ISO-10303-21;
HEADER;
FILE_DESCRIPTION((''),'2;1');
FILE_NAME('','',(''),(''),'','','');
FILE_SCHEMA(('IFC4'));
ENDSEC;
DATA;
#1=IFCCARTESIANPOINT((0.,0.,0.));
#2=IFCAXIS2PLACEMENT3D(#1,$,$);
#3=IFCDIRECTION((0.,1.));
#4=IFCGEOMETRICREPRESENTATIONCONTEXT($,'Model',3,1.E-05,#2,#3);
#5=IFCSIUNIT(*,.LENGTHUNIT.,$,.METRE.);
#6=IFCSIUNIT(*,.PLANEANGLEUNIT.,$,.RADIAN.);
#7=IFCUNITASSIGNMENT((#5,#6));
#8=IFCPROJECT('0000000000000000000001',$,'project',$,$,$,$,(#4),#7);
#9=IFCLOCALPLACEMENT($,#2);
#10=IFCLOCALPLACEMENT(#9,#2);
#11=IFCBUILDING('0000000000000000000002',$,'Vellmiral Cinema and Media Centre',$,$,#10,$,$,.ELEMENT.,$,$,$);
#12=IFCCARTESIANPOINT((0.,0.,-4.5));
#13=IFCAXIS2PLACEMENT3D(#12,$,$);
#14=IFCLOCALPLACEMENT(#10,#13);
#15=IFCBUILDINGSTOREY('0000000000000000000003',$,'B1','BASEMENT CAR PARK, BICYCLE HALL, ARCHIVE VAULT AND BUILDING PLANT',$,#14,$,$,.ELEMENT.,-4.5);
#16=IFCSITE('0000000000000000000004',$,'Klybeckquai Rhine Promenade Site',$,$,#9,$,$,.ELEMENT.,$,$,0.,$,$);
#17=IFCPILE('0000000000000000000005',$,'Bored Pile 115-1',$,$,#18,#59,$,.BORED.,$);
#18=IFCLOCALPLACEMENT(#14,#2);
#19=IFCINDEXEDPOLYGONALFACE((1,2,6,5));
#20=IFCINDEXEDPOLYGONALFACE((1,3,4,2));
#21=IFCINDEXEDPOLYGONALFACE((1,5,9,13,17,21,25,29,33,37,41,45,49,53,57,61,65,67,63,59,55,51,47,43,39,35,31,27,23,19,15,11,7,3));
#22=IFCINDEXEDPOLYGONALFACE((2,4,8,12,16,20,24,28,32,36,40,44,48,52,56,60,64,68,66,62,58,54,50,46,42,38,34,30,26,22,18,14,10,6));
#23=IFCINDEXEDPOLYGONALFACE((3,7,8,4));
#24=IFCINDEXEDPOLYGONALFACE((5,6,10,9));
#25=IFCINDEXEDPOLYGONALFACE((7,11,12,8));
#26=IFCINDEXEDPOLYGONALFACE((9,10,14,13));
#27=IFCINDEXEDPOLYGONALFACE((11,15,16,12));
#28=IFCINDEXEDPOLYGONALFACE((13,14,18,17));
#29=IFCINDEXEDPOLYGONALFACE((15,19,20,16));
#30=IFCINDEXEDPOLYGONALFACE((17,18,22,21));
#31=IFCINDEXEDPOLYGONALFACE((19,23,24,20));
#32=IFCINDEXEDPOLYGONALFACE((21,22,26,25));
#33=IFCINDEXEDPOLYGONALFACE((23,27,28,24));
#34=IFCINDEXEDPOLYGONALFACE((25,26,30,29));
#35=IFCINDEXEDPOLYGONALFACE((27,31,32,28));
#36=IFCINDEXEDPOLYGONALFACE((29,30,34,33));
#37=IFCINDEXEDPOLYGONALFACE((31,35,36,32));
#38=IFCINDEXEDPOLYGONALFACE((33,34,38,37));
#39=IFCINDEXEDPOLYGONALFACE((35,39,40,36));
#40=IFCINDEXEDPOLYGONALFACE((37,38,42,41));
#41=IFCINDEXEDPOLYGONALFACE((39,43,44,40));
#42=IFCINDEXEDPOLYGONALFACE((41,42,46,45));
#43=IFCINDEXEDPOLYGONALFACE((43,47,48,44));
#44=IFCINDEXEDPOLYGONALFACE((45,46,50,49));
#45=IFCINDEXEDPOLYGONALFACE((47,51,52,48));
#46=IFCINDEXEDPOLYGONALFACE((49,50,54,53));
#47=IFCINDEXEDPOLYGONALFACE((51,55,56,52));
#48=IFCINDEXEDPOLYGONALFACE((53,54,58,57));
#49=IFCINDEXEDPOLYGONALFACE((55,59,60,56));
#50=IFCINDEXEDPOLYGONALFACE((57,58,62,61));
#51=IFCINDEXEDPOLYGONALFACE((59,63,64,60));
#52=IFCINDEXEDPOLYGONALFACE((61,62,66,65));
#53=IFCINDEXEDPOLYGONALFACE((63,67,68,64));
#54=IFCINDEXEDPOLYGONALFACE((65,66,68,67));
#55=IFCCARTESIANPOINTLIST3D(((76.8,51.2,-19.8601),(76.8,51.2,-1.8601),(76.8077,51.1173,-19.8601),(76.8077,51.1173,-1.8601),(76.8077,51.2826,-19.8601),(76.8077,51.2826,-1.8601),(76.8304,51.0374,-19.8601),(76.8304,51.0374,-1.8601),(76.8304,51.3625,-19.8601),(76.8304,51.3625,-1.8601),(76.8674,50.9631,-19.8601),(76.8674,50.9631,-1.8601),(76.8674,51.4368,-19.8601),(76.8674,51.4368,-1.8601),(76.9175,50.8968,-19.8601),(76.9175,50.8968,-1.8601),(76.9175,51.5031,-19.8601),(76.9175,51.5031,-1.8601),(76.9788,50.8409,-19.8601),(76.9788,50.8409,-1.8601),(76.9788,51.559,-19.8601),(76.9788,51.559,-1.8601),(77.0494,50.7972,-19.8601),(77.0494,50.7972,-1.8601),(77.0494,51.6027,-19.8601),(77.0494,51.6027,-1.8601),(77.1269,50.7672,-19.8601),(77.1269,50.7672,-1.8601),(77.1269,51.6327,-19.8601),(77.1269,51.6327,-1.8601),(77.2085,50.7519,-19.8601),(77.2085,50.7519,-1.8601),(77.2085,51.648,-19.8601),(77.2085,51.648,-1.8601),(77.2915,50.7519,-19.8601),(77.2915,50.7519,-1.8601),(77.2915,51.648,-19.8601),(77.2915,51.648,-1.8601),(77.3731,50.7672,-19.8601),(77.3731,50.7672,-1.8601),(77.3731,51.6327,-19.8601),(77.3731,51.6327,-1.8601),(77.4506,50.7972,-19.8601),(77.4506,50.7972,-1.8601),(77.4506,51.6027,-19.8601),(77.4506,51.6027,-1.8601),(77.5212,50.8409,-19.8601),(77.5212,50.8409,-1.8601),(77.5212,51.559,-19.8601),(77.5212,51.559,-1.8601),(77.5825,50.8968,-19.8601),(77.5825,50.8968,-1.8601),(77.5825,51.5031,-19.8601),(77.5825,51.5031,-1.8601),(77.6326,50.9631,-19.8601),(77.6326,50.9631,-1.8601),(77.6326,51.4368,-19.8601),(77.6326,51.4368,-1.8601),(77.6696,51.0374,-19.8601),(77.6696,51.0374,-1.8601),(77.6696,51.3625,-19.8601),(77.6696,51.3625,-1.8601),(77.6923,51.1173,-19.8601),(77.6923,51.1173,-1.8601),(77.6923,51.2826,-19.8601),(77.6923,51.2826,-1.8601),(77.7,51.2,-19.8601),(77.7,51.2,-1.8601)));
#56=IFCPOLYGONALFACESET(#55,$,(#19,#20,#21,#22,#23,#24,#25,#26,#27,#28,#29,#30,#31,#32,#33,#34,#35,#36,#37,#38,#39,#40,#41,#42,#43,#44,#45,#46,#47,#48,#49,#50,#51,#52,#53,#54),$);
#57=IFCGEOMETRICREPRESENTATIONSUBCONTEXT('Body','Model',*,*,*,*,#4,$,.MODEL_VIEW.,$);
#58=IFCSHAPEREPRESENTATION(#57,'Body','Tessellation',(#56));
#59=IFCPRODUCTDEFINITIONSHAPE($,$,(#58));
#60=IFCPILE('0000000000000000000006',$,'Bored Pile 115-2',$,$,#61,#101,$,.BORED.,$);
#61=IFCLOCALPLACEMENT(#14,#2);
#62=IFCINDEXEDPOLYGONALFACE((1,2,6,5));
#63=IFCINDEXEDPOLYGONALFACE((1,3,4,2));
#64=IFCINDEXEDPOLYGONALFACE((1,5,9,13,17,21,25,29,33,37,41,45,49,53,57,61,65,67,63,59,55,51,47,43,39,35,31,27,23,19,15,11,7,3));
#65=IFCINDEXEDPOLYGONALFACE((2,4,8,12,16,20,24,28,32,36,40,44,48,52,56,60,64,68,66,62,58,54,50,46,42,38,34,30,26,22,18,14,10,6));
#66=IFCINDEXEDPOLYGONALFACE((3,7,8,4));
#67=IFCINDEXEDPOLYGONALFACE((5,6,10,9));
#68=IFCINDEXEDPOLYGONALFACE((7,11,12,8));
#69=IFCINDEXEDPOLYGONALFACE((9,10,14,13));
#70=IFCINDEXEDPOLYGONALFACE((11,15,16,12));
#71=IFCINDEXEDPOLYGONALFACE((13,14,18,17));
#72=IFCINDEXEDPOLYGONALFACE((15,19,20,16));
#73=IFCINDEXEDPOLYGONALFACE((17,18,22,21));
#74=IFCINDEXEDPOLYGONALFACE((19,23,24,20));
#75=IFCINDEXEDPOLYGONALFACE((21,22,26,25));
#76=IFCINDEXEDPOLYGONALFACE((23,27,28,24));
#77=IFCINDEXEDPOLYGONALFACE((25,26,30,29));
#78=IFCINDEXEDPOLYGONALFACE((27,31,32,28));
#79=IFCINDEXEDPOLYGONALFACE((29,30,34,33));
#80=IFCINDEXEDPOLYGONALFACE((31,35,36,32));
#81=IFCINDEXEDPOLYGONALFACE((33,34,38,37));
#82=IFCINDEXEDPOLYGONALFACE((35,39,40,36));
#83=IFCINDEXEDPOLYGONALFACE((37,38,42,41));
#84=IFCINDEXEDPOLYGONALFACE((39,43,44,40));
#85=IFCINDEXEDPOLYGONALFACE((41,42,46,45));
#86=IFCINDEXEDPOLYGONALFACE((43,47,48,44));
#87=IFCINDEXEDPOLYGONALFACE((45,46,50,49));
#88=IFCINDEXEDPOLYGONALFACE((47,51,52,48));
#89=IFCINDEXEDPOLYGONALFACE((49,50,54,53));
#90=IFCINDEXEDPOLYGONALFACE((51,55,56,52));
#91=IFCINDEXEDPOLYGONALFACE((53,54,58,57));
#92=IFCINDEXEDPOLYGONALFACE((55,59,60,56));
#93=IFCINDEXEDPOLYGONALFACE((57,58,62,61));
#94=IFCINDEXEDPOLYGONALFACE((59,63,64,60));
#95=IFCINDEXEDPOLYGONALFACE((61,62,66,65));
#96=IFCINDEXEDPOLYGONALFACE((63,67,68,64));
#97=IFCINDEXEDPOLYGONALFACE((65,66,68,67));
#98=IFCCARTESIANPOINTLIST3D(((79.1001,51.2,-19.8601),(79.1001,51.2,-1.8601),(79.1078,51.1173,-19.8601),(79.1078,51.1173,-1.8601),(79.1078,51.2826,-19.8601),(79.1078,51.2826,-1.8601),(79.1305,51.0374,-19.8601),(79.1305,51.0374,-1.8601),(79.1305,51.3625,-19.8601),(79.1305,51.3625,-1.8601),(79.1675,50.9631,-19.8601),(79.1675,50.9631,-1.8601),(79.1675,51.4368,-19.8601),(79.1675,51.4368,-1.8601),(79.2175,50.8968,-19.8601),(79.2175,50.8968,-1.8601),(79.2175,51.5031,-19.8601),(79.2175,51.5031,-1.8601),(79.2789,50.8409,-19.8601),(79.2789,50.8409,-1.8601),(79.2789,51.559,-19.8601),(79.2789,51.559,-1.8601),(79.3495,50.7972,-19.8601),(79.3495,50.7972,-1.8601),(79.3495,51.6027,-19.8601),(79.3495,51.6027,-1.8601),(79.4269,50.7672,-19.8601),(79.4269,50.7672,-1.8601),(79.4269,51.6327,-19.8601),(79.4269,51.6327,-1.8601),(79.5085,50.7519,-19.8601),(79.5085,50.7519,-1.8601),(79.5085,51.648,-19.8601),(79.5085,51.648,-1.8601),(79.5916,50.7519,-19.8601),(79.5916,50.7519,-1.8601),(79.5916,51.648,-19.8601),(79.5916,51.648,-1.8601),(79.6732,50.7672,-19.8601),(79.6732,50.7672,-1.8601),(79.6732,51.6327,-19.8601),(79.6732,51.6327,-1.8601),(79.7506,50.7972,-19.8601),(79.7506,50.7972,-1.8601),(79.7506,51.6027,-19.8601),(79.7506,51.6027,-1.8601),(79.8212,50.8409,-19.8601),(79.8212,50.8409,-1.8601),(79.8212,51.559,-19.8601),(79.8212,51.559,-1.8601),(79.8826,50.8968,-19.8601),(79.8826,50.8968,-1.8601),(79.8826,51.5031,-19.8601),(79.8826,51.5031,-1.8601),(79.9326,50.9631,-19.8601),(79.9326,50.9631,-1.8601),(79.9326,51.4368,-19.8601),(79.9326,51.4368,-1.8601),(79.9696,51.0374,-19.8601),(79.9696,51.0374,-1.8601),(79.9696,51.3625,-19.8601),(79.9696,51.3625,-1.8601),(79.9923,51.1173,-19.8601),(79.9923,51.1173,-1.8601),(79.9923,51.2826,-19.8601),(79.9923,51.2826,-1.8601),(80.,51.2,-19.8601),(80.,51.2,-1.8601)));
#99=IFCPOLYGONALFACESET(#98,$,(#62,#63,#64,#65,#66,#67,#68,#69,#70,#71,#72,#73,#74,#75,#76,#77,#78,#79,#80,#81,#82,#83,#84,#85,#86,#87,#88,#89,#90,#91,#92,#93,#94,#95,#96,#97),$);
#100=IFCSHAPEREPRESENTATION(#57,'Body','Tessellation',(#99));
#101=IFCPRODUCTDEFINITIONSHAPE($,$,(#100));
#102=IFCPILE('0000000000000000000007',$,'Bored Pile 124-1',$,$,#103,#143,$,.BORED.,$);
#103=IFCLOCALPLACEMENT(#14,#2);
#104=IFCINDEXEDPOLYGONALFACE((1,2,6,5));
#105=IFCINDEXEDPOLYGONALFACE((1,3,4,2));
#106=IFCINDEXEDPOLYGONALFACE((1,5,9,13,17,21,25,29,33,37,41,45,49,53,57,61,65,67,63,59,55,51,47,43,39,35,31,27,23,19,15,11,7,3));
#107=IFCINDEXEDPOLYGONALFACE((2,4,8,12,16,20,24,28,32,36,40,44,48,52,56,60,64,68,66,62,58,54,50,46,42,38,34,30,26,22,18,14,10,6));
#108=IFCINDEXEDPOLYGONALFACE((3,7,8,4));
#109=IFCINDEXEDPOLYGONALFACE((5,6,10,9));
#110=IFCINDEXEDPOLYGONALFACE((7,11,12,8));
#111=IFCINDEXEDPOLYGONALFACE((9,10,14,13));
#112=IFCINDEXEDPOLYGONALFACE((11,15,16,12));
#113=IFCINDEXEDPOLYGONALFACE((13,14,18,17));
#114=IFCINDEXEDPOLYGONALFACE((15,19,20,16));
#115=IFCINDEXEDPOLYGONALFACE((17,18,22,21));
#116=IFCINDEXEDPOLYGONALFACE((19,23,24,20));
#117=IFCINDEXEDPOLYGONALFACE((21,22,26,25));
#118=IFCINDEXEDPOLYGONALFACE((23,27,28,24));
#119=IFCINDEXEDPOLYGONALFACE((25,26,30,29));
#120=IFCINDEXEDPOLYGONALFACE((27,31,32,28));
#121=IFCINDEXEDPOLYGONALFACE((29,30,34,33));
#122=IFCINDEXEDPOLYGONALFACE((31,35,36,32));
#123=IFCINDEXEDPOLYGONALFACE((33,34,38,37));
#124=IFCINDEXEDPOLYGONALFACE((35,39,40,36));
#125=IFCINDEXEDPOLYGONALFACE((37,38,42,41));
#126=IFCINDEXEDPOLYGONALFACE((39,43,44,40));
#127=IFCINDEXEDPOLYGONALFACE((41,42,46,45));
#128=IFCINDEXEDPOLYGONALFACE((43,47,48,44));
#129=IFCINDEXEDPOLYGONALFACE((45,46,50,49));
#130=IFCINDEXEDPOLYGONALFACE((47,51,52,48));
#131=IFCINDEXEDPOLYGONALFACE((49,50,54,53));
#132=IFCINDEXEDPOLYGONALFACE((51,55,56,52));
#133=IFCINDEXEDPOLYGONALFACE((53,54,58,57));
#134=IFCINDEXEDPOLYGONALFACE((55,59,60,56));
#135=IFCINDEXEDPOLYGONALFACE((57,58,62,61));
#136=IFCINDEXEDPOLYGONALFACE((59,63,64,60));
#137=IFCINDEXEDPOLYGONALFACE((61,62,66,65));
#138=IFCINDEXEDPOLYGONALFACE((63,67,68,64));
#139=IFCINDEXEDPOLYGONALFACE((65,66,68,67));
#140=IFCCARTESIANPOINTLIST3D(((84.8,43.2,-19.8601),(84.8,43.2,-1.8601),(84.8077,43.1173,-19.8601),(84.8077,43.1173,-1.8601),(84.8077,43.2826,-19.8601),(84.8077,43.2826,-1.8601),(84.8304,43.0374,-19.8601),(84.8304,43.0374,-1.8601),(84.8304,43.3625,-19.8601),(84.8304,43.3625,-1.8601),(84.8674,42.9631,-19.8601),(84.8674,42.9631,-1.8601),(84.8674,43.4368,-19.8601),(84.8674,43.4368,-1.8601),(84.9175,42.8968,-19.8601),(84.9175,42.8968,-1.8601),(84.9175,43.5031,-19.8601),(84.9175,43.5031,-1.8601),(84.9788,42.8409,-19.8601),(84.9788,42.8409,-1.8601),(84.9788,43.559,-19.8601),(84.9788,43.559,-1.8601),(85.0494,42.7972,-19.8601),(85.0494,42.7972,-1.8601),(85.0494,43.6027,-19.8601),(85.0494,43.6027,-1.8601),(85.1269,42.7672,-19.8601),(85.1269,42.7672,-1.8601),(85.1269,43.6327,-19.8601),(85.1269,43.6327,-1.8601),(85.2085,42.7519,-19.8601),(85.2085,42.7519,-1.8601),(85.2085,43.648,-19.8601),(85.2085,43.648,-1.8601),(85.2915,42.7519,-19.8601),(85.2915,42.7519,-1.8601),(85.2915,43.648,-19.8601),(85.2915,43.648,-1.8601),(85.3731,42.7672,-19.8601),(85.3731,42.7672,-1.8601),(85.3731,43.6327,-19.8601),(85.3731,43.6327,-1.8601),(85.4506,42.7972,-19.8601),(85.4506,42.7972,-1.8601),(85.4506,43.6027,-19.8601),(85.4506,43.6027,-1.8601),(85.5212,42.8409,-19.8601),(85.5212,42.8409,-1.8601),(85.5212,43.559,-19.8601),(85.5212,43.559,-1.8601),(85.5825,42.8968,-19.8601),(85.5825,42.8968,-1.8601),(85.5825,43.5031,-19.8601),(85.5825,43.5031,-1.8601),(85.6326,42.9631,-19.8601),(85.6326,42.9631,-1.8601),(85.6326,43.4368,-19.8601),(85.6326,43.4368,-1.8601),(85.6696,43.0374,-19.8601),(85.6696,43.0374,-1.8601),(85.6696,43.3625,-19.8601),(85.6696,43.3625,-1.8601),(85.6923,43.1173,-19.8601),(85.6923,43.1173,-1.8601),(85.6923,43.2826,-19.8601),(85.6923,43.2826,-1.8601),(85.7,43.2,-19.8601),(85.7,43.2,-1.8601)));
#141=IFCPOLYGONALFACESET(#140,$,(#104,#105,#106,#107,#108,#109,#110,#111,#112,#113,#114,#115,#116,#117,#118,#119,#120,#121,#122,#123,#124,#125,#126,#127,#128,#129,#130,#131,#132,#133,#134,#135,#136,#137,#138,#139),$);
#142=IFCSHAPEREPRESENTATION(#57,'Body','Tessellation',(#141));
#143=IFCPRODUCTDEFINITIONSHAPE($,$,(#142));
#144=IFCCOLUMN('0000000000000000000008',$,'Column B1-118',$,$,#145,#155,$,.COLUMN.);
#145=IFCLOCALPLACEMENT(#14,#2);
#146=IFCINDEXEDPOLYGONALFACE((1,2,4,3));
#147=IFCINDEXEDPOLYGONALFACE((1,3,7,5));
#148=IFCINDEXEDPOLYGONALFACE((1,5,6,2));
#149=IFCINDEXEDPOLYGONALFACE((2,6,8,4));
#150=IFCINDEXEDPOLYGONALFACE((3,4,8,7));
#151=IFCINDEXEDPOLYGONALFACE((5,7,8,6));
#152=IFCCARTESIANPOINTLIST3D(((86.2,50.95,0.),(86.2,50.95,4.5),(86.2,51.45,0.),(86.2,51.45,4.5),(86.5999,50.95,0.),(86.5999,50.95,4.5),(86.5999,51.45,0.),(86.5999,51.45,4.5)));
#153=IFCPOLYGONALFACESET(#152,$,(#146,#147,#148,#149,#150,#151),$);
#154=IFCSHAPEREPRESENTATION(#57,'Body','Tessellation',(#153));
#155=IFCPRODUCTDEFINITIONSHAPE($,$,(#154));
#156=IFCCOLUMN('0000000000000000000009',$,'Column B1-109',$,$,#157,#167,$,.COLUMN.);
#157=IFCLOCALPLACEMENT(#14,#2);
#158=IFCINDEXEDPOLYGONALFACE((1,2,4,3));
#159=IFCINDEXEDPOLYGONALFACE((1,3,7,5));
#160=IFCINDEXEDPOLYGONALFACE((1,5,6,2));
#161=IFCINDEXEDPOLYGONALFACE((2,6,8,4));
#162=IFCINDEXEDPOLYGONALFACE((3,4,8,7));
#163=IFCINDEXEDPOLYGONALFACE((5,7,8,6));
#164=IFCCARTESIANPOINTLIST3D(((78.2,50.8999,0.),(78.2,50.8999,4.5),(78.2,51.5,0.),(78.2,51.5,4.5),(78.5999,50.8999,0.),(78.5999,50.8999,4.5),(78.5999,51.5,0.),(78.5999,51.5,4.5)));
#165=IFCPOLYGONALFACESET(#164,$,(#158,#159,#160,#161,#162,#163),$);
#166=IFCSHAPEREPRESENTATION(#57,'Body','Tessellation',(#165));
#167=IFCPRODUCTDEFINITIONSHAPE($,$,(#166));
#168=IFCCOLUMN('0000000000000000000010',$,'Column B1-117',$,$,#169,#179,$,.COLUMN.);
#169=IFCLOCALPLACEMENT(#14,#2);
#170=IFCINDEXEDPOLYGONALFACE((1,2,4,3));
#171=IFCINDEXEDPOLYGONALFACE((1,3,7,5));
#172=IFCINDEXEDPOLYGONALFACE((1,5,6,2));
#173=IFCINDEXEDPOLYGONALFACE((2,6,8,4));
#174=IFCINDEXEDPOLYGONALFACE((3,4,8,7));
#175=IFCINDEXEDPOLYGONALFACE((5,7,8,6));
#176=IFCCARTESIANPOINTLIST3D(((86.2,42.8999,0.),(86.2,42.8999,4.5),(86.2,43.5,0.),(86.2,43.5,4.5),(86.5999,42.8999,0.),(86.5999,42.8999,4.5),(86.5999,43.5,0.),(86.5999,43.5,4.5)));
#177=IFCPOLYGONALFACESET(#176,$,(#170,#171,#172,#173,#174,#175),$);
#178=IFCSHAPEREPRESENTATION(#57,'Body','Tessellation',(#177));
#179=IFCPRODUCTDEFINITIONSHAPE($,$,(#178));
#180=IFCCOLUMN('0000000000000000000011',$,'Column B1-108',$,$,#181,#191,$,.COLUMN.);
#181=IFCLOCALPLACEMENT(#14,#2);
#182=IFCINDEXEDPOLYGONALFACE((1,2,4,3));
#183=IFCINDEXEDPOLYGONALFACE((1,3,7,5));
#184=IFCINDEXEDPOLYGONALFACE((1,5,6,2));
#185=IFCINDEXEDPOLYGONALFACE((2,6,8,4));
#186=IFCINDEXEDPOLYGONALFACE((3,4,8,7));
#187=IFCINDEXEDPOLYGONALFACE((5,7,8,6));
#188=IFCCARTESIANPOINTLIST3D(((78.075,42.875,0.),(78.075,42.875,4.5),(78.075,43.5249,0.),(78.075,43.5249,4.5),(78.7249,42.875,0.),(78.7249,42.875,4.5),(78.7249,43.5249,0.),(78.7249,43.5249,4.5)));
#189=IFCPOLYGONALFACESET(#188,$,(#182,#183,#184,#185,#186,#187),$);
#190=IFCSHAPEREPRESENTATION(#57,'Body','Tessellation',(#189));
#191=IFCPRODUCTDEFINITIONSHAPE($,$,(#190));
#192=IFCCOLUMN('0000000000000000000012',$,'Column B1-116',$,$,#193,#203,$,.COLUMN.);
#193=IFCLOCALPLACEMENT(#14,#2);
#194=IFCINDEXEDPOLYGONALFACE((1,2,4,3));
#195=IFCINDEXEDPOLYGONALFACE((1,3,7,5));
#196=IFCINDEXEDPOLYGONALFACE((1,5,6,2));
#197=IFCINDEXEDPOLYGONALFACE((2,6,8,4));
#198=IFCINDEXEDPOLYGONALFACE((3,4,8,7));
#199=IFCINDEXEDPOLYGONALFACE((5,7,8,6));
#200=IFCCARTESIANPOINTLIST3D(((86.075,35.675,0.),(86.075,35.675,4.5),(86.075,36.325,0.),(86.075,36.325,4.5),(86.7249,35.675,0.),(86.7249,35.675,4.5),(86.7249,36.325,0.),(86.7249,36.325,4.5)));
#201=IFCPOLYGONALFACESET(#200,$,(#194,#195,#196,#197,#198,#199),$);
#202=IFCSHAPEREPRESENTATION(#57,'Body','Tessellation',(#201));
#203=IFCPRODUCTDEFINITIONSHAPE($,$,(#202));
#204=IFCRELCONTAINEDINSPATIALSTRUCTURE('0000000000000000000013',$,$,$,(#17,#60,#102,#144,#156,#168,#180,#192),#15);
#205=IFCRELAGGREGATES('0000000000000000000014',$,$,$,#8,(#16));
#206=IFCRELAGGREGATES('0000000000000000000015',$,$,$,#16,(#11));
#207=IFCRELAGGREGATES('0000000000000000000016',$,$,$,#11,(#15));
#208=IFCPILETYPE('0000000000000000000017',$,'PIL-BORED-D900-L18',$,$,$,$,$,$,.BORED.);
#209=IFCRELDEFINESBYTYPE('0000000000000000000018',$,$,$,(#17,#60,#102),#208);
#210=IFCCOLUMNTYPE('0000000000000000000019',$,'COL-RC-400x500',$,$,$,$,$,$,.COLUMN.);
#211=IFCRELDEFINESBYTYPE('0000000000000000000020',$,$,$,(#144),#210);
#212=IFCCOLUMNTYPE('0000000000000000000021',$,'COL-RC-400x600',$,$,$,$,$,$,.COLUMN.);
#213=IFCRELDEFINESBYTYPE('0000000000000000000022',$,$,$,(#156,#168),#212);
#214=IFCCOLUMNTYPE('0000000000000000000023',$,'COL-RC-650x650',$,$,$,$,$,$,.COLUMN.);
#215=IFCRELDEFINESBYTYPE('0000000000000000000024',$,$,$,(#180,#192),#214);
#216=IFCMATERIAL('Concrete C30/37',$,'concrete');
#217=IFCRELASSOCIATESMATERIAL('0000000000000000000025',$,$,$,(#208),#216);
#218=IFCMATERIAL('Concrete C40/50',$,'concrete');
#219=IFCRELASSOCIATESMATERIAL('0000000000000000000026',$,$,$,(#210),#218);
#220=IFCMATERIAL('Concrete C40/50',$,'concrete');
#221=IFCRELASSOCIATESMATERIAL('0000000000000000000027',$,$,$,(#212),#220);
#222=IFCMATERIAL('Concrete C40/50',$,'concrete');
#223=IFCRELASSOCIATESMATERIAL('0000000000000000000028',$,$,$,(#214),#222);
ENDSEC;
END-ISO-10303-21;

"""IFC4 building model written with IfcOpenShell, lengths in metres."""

from ifc_helpers import new_model, si_unit, direction, frame, origin, origin_2d, place, context, subcontext, project, spatial, rectangle, circle, extrude, material, material_profile, profile_set, type_object, element, save


model = new_model("IFC4")

# Units and contexts
model_context = context("Model", 3, precision=1e-05, world=origin(), true_north=direction((0.0, 1.0)))
body_context = subcontext(model_context, "Body", "Model", "MODEL_VIEW")
ifc_project = project(units=[si_unit("LENGTHUNIT", "METRE"), si_unit("PLANEANGLEUNIT", "RADIAN")], contexts=[model_context])

# Site, building, storey
site_placement = place(None, origin())
site = spatial("IfcSite", under=ifc_project, at=site_placement, Name="Klybeckquai Rhine Promenade Site", CompositionType="ELEMENT", RefElevation=0.0)
building_placement = place(site_placement, origin())
building = spatial("IfcBuilding", under=site, at=building_placement, Name="Vellmiral Cinema and Media Centre", CompositionType="ELEMENT")
storey_placement = place(building_placement, frame((0.0, 0.0, -4.5)))
storey = spatial("IfcBuildingStorey", under=building, at=storey_placement, Name="B1", Description="BASEMENT CAR PARK, BICYCLE HALL, ARCHIVE VAULT AND BUILDING PLANT", CompositionType="ELEMENT", Elevation=-4.5)

# Piles
ifc_material_1 = material(Name="Concrete C30/37", Category="concrete")
ifc_material_profile_1 = material_profile(ifc_material_1, circle(Radius=0.45, at=origin_2d()), Name="PILE D900")
ifc_profile_set_1 = profile_set([ifc_material_profile_1], Name="Concrete C30/37")
pile_type_1 = type_object("IfcPileType", Name="PIL-BORED-D900-L18", PredefinedType="BORED", material=ifc_profile_set_1)
for number, where, z_axis, x_axis, name in (
    (1, (77.25, 51.2, -1.8601), (0.0, 0.0, -1.0), (1.0, 0.0, 0.0), "Bored Pile 115-1"),
    (2, (79.55, 51.2, -1.8601), (0.0, 0.0, -1.0), (1.0, 0.0, 0.0), "Bored Pile 115-2"),
    (3, (85.25, 43.2, -1.8601), (0.0, 0.0, -1.0), (1.0, 0.0, 0.0), "Bored Pile 124-1"),
):
    element("IfcPile", number, at=place(storey_placement, frame(where, z_axis=z_axis, x_axis=x_axis)), inside=storey, type_object=pile_type_1, Name=name, PredefinedType="BORED", context=body_context, shape_type="SweptSolid", body=[
        extrude(circle(Radius=0.45, at=origin_2d()), origin(), (0.0, 0.0, 1.0), 18.0),
    ])

# Columns
ifc_material_2 = material(Name="Concrete C40/50", Category="concrete")
ifc_material_profile_2 = material_profile(ifc_material_2, rectangle(XDim=0.3999, YDim=0.5, at=origin_2d()), Name="RC 400x500")
ifc_profile_set_2 = profile_set([ifc_material_profile_2], Name="Concrete C40/50")
column_type_1 = type_object("IfcColumnType", Name="COL-RC-400x500", PredefinedType="COLUMN", material=ifc_profile_set_2)
column_placement = place(storey_placement, frame((86.3999, 51.2, 0.0), z_axis=(0.0, 0.0, 1.0), x_axis=(1.0, 0.0, 0.0)))
element("IfcColumn", 4, at=column_placement, inside=storey, type_object=column_type_1, Name="Column B1-118", PredefinedType="COLUMN", context=body_context, shape_type="SweptSolid", body=[
    extrude(rectangle(XDim=0.3999, YDim=0.5, at=origin_2d()), origin(), (0.0, 0.0, 1.0), 4.5),
])
ifc_material_3 = material(Name="Concrete C40/50", Category="concrete")
ifc_material_profile_3 = material_profile(ifc_material_3, rectangle(XDim=0.3999, YDim=0.6001, at=origin_2d()), Name="RC 400x600")
ifc_profile_set_3 = profile_set([ifc_material_profile_3], Name="Concrete C40/50")
column_type_2 = type_object("IfcColumnType", Name="COL-RC-400x600", PredefinedType="COLUMN", material=ifc_profile_set_3)
for number, where, z_axis, x_axis, name in (
    (5, (78.3999, 51.2, 0.0), (0.0, 0.0, 1.0), (1.0, 0.0, 0.0), "Column B1-109"),
    (6, (86.3999, 43.2, 0.0), (0.0, 0.0, 1.0), (1.0, 0.0, 0.0), "Column B1-117"),
):
    element("IfcColumn", number, at=place(storey_placement, frame(where, z_axis=z_axis, x_axis=x_axis)), inside=storey, type_object=column_type_2, Name=name, PredefinedType="COLUMN", context=body_context, shape_type="SweptSolid", body=[
        extrude(rectangle(XDim=0.3999, YDim=0.6001, at=origin_2d()), origin(), (0.0, 0.0, 1.0), 4.5),
    ])
ifc_material_4 = material(Name="Concrete C40/50", Category="concrete")
ifc_material_profile_4 = material_profile(ifc_material_4, rectangle(XDim=0.6499, YDim=0.6499, at=origin_2d()), Name="RC 650x650")
ifc_profile_set_4 = profile_set([ifc_material_profile_4], Name="Concrete C40/50")
column_type_3 = type_object("IfcColumnType", Name="COL-RC-650x650", PredefinedType="COLUMN", material=ifc_profile_set_4)
for number, where, z_axis, x_axis, name in (
    (7, (78.3999, 43.2, 0.0), (0.0, 0.0, 1.0), (1.0, 0.0, 0.0), "Column B1-108"),
    (8, (86.3999, 36.0, 0.0), (0.0, 0.0, 1.0), (1.0, 0.0, 0.0), "Column B1-116"),
):
    element("IfcColumn", number, at=place(storey_placement, frame(where, z_axis=z_axis, x_axis=x_axis)), inside=storey, type_object=column_type_3, Name=name, PredefinedType="COLUMN", context=body_context, shape_type="SweptSolid", body=[
        extrude(rectangle(XDim=0.6499, YDim=0.6499, at=origin_2d()), origin(), (0.0, 0.0, 1.0), 4.5),
    ])

save(model, "model.ifc")
